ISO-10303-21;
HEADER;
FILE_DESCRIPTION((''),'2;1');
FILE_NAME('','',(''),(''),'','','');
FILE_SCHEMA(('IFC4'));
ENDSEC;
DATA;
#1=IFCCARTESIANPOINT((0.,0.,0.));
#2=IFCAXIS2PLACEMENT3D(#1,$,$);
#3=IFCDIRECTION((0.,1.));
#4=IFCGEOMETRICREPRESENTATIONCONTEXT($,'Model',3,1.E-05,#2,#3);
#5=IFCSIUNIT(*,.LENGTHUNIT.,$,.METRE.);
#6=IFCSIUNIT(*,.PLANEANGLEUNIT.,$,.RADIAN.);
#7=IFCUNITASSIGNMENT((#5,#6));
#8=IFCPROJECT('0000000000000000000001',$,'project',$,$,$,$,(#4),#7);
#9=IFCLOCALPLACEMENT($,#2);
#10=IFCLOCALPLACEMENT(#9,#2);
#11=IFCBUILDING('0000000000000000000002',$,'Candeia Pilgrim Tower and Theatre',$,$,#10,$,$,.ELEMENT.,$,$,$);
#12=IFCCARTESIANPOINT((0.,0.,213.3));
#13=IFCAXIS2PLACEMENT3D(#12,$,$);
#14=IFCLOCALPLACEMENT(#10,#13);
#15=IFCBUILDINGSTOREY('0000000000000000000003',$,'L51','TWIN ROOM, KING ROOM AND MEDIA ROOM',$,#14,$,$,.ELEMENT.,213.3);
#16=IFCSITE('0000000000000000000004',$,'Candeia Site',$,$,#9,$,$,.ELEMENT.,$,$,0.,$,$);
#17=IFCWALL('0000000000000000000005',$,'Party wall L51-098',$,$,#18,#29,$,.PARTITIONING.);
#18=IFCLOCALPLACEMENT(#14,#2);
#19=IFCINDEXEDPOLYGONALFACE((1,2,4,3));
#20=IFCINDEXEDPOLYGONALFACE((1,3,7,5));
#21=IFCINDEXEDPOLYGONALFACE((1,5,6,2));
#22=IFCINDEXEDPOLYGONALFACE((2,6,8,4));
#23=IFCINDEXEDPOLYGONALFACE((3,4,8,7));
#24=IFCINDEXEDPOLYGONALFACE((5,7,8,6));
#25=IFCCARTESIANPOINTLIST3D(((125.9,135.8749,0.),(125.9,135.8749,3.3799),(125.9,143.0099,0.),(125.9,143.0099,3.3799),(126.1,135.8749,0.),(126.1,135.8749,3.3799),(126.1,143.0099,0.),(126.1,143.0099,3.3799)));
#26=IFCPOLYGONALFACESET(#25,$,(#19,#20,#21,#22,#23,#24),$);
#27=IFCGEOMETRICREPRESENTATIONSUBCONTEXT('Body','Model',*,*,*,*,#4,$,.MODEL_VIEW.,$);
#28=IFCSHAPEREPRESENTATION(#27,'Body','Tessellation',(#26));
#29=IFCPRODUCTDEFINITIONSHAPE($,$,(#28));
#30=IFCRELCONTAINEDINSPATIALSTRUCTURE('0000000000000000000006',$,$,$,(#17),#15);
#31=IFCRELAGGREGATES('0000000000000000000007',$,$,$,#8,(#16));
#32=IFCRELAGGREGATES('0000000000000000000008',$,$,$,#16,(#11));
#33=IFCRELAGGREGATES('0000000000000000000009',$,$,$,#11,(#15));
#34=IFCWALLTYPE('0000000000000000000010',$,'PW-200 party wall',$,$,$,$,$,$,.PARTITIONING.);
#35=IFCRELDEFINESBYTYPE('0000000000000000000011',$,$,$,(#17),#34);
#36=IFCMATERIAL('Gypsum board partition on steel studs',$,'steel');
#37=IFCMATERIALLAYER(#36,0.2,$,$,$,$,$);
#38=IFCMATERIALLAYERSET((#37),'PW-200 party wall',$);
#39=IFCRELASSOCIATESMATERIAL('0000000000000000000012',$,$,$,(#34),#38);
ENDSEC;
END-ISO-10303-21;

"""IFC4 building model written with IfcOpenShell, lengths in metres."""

from ifc_helpers import new_model, si_unit, direction, frame, frame_2d, origin, place, context, subcontext, project, spatial, rectangle, extrude, material, layer, layer_set, type_object, element, save


model = new_model("IFC4")

# Units and contexts
model_context = context("Model", 3, precision=1e-05, world=origin(), true_north=direction((0.0, 1.0)))
body_context = subcontext(model_context, "Body", "Model", "MODEL_VIEW")
ifc_project = project(units=[si_unit("LENGTHUNIT", "METRE"), si_unit("PLANEANGLEUNIT", "RADIAN")], contexts=[model_context])

# Site, building, storey
site_placement = place(None, origin())
site = spatial("IfcSite", under=ifc_project, at=site_placement, Name="Candeia Site", CompositionType="ELEMENT", RefElevation=0.0)
building_placement = place(site_placement, origin())
building = spatial("IfcBuilding", under=site, at=building_placement, Name="Candeia Pilgrim Tower and Theatre", CompositionType="ELEMENT")
storey_placement = place(building_placement, frame((0.0, 0.0, 213.3)))
storey = spatial("IfcBuildingStorey", under=building, at=storey_placement, Name="L51", Description="TWIN ROOM, KING ROOM AND MEDIA ROOM", CompositionType="ELEMENT", Elevation=213.3)

# Shared definitions
ifc_material_1 = material(Name="Gypsum board partition on steel studs", Category="steel")

# Wall
ifc_layer_1 = layer(ifc_material_1, 0.2)
ifc_layer_set_1 = layer_set([ifc_layer_1], Name="PW-200 party wall")
wall_type_1 = type_object("IfcWallType", Name="PW-200 party wall", PredefinedType="PARTITIONING", material=ifc_layer_set_1)
wall_1_placement = place(storey_placement, frame((126.0, 135.875, 0.0), z_axis=(0.0, 0.0, 1.0), x_axis=(0.0, 1.0, 0.0)))
element("IfcWall", 1, at=wall_1_placement, inside=storey, type_object=wall_type_1, Name="Party wall L51-098", PredefinedType="PARTITIONING", context=body_context, shape_type="SweptSolid", body=[
    extrude(rectangle(XDim=7.135, YDim=0.2, at=frame_2d((3.5674, 0.0))), origin(), (0.0, 0.0, 1.0), 3.3799),
])

save(model, "model.ifc")
